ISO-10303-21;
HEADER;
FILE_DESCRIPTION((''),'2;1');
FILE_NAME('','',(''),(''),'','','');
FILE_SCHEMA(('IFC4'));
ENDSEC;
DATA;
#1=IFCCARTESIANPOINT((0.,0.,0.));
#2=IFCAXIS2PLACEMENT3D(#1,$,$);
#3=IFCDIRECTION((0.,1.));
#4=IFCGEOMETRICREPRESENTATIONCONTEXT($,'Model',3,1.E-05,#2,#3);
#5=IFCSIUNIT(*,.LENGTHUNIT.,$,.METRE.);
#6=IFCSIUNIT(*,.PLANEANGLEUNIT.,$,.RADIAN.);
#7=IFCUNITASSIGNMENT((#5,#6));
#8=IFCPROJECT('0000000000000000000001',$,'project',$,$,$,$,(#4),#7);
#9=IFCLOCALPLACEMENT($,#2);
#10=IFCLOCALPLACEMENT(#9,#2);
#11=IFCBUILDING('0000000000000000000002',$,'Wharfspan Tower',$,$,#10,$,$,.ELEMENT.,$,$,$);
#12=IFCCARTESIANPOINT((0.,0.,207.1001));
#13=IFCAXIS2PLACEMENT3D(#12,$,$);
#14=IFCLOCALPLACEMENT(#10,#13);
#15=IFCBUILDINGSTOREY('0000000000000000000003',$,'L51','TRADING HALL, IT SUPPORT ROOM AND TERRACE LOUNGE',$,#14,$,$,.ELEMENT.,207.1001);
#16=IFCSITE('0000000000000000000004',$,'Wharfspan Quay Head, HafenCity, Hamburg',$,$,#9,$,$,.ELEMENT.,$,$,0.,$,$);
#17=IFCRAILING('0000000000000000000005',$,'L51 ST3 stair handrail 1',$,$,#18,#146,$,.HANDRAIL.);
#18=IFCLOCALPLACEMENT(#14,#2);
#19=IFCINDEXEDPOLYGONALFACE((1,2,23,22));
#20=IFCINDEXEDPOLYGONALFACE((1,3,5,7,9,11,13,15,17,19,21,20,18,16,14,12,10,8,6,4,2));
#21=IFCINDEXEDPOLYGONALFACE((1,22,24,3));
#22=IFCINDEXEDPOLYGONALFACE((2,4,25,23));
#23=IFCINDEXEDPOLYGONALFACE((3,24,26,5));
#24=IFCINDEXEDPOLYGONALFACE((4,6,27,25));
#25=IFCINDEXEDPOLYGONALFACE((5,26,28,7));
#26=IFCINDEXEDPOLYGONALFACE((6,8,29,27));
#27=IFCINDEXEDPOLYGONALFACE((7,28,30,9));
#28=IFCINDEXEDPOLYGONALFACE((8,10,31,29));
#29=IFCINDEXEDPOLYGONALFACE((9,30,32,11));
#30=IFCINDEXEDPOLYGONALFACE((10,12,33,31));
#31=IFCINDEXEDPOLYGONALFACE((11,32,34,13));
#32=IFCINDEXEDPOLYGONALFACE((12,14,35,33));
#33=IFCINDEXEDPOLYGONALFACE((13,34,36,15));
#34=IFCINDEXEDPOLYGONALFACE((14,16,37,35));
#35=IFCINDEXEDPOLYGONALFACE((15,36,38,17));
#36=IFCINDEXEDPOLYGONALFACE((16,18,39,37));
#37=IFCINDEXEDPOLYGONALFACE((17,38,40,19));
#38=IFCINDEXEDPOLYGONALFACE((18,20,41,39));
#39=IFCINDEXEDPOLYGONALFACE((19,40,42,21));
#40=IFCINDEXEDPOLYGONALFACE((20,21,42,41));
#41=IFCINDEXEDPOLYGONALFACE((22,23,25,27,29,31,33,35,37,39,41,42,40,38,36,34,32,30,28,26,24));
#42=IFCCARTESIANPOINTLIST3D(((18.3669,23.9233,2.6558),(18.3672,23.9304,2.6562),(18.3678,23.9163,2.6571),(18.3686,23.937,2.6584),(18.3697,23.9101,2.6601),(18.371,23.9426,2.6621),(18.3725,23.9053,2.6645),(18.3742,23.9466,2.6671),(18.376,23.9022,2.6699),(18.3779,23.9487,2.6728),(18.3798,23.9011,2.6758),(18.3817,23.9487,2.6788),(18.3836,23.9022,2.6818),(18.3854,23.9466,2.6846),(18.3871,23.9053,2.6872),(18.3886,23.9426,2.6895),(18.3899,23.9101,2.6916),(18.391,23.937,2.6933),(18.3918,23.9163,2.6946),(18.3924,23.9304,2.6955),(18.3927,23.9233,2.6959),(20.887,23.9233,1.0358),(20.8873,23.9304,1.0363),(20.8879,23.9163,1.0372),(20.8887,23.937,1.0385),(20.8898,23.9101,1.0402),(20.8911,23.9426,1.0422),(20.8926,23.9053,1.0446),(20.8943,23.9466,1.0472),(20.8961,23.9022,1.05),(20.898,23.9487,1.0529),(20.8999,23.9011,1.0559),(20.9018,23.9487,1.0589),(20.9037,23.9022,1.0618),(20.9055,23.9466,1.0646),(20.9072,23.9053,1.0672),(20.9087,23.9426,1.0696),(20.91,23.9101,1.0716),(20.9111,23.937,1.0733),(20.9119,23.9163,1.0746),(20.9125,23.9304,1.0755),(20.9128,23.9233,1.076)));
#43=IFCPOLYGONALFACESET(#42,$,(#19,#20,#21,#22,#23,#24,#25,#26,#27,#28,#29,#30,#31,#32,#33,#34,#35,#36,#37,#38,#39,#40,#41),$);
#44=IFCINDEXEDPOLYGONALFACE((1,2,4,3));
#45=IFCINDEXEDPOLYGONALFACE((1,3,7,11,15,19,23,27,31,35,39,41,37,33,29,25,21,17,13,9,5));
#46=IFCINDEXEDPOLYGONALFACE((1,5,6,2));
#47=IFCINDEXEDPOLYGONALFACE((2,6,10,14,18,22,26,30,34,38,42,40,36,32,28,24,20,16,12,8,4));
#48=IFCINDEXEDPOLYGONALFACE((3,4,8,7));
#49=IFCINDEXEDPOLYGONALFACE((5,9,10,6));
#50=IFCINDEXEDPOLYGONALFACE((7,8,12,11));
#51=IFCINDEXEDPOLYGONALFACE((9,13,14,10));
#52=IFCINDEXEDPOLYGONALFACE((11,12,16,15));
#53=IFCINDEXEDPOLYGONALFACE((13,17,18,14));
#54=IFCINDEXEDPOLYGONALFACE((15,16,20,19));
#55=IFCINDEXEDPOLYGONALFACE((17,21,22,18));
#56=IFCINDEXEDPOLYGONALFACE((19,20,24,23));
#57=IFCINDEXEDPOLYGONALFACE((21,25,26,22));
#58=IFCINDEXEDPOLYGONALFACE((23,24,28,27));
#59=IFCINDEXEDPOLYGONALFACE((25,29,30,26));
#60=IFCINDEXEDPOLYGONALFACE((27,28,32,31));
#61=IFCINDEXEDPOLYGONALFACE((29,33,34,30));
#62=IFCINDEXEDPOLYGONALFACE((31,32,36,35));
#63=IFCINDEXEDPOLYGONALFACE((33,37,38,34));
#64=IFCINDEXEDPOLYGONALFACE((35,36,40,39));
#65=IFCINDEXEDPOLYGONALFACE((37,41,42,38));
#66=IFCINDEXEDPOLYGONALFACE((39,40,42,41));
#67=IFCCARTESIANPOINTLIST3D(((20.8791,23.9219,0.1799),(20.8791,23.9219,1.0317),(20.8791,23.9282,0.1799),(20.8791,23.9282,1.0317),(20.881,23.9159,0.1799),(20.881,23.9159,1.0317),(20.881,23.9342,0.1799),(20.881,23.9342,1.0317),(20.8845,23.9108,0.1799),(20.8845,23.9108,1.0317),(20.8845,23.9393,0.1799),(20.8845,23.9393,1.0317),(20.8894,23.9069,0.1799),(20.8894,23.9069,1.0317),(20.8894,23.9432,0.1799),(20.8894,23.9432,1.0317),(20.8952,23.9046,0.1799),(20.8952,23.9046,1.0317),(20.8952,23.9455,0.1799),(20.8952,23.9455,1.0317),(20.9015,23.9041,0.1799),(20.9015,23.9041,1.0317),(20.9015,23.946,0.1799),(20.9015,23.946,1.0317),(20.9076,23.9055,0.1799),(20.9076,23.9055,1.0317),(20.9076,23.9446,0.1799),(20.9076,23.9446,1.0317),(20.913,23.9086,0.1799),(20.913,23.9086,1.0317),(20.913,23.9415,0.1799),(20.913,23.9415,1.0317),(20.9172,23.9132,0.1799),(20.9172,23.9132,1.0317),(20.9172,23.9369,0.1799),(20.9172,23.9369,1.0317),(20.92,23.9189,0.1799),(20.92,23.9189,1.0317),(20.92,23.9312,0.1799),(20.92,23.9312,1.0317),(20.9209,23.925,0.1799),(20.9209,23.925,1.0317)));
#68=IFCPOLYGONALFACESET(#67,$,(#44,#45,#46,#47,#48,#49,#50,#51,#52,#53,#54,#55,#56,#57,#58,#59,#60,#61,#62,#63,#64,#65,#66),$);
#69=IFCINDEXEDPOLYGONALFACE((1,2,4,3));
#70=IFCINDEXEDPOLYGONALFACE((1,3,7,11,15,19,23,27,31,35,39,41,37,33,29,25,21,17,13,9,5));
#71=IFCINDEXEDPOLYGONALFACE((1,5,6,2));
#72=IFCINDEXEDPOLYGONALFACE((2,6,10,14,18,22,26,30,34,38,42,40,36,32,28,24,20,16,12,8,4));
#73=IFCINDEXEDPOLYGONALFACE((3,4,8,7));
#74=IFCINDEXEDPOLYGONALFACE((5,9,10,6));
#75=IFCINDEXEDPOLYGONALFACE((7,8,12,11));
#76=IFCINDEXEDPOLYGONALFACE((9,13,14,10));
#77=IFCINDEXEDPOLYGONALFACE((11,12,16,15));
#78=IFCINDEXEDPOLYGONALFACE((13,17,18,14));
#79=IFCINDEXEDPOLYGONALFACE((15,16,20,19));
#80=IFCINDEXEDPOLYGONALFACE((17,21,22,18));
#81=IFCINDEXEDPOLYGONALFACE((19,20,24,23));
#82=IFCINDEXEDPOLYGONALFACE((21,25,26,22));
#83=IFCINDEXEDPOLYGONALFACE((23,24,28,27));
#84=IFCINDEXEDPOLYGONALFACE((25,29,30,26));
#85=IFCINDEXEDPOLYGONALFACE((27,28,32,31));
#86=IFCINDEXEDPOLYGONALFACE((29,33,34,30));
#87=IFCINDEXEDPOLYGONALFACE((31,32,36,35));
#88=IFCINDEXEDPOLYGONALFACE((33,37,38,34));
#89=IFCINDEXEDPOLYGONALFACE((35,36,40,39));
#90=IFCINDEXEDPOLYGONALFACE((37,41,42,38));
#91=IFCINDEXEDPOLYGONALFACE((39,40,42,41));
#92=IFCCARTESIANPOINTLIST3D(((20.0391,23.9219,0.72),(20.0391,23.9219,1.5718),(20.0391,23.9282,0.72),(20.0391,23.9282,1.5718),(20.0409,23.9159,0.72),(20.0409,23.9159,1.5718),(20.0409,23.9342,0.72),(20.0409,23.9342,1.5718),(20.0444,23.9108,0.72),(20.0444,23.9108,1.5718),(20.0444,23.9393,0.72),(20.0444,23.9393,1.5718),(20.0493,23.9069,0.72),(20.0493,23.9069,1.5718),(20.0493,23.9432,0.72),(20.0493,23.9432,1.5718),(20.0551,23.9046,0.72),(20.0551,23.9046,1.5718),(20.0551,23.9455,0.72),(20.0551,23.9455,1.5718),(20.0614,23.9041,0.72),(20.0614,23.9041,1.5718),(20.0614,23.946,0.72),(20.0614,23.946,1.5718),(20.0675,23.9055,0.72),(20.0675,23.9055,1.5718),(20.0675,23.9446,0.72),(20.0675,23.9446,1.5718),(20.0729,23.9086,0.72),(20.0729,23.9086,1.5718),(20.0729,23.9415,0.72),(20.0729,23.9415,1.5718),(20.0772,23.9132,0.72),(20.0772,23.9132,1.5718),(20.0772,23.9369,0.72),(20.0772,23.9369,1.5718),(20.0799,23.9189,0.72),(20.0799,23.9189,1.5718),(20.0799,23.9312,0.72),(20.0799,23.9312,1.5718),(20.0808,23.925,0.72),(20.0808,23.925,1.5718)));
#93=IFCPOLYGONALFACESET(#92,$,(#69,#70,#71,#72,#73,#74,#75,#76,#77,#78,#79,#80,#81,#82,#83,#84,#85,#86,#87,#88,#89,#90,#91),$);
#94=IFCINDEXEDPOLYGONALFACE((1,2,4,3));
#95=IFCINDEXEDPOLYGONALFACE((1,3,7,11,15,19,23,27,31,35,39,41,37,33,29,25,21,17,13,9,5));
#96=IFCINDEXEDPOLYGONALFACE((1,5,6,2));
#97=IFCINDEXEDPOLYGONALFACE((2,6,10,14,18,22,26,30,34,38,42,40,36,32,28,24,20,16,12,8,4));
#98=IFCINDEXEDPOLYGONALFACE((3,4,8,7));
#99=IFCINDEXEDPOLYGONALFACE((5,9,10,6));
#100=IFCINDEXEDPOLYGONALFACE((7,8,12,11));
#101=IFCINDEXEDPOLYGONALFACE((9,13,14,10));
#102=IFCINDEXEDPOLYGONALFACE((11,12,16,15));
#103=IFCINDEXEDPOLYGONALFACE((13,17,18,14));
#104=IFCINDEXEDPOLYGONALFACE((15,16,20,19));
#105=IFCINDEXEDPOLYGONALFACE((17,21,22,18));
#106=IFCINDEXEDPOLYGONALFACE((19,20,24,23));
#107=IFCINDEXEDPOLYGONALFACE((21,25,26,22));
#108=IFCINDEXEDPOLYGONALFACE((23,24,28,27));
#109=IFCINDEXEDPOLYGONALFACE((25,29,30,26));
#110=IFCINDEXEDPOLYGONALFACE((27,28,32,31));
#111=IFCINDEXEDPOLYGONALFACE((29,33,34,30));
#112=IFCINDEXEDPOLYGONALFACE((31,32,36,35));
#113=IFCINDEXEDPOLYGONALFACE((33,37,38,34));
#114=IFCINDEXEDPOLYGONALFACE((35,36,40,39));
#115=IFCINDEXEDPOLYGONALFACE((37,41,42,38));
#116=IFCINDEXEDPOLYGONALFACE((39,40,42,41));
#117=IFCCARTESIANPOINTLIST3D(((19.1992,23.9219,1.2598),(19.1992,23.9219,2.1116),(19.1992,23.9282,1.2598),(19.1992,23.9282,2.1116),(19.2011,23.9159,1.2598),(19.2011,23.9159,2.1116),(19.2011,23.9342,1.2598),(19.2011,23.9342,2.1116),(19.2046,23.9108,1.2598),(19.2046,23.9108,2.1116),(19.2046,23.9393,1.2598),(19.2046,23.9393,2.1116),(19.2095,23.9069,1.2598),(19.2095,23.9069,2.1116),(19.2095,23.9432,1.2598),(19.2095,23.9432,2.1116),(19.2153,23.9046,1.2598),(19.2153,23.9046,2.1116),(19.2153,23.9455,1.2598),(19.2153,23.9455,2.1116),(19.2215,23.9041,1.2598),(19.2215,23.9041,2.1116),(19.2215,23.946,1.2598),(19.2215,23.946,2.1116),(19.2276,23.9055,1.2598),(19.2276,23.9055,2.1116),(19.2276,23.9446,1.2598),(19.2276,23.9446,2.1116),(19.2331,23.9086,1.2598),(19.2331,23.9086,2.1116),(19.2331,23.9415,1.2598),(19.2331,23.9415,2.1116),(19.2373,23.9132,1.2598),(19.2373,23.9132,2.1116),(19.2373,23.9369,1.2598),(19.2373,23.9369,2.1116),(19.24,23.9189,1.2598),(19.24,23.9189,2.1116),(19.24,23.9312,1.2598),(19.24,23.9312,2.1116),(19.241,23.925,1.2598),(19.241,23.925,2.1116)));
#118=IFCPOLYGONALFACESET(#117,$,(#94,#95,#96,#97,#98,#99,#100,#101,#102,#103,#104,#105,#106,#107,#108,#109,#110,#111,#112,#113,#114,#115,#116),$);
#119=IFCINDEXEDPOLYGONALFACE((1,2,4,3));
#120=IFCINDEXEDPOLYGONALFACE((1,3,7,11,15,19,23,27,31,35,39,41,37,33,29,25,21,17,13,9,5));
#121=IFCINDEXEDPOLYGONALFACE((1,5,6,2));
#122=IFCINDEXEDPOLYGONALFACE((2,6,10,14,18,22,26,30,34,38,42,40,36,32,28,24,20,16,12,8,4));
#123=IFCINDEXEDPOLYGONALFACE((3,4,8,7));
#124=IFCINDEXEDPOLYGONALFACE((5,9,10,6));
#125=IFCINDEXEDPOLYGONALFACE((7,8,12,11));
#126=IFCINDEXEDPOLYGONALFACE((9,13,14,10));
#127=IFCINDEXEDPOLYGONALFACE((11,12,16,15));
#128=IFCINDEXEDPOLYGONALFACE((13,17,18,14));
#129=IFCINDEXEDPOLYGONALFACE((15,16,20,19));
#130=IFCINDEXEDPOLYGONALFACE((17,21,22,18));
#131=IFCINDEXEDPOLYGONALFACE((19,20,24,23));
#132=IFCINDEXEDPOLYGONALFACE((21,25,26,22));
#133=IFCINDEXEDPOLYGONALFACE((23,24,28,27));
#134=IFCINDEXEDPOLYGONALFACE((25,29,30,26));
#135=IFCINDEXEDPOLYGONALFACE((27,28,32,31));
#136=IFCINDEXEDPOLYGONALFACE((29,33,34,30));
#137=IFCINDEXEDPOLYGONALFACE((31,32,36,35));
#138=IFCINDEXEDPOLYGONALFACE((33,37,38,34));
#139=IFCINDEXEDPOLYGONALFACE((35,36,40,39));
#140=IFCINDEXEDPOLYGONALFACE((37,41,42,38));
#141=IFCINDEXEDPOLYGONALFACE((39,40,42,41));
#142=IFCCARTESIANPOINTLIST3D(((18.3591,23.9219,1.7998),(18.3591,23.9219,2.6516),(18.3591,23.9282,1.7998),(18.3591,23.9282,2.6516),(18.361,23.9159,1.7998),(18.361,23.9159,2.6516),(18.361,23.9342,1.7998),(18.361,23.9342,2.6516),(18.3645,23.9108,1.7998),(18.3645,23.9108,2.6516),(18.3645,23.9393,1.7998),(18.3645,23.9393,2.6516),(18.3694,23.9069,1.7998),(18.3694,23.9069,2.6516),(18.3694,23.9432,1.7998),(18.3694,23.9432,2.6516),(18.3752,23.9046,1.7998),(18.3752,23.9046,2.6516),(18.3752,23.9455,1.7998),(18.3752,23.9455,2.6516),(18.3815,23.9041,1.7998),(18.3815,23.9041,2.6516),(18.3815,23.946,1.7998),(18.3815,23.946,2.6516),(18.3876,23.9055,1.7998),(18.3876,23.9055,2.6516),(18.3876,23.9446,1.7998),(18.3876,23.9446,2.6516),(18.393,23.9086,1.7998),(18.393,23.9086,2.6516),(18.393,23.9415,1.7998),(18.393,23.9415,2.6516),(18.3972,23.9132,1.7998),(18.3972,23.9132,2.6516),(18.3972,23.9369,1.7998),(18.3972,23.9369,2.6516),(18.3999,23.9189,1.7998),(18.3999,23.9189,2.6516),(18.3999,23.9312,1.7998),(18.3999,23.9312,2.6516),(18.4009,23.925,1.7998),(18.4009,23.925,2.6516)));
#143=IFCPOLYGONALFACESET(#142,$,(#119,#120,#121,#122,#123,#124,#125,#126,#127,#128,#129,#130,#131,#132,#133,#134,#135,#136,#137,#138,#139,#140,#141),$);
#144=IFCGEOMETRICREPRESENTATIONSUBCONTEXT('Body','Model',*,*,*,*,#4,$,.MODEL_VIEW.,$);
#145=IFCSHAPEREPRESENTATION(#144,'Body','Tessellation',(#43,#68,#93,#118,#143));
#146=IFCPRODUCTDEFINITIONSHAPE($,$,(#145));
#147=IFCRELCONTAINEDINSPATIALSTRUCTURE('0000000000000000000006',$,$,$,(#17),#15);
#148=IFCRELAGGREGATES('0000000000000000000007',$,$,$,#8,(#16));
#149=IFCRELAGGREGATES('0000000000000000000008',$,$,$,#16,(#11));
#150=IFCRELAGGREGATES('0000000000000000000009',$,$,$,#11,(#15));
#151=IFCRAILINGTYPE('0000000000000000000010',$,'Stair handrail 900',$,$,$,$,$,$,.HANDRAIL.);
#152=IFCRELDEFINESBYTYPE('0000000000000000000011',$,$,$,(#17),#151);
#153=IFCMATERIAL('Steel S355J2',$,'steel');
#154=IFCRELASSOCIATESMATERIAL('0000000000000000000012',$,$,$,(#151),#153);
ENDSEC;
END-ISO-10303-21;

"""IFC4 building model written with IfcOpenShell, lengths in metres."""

from ifc_helpers import new_model, si_unit, direction, frame, origin, origin_2d, place, context, subcontext, project, spatial, circle, extrude, material, type_object, element, save


model = new_model("IFC4")

# Units and contexts
model_context = context("Model", 3, precision=1e-05, world=origin(), true_north=direction((0.0, 1.0)))
body_context = subcontext(model_context, "Body", "Model", "MODEL_VIEW")
ifc_project = project(units=[si_unit("LENGTHUNIT", "METRE"), si_unit("PLANEANGLEUNIT", "RADIAN")], contexts=[model_context])

# Site, building, storey
site_placement = place(None, origin())
site = spatial("IfcSite", under=ifc_project, at=site_placement, Name="Wharfspan Quay Head, HafenCity, Hamburg", CompositionType="ELEMENT", RefElevation=0.0)
building_placement = place(site_placement, origin())
building = spatial("IfcBuilding", under=site, at=building_placement, Name="Wharfspan Tower", CompositionType="ELEMENT")
storey_placement = place(building_placement, frame((0.0, 0.0, 207.1001)))
storey = spatial("IfcBuildingStorey", under=building, at=storey_placement, Name="L51", Description="TRADING HALL, IT SUPPORT ROOM AND TERRACE LOUNGE", CompositionType="ELEMENT", Elevation=207.1001)

# Shared definitions
ifc_material_1 = material(Name="Steel S355J2", Category="steel")

# Railing
railing_type_1 = type_object("IfcRailingType", Name="Stair handrail 900", PredefinedType="HANDRAIL", material=ifc_material_1)
railing_1_placement = place(storey_placement, frame((20.8999, 23.925, 0.1799)))
element("IfcRailing", 1, at=railing_1_placement, inside=storey, type_object=railing_type_1, Name="L51 ST3 stair handrail 1", PredefinedType="HANDRAIL", context=body_context, shape_type="SweptSolid", body=[
    extrude(circle(Radius=0.0239, at=origin_2d()), frame((0.0, 0.0, 0.876), z_axis=(-0.8412, 0.0, 0.540725), x_axis=(0.0, -1.0, 0.0)), (0.0, 0.0, 1.0), 2.9958),
    extrude(circle(Radius=0.021, at=origin_2d()), origin(), (0.0, 0.0, 1.0), 0.8518),
    extrude(circle(Radius=0.021, at=origin_2d()), frame((-0.8401, 0.0, 0.54)), (0.0, 0.0, 1.0), 0.8518),
    extrude(circle(Radius=0.021, at=origin_2d()), frame((-1.6799, 0.0, 1.0798)), (0.0, 0.0, 1.0), 0.8518),
    extrude(circle(Radius=0.021, at=origin_2d()), frame((-2.52, 0.0, 1.6199)), (0.0, 0.0, 1.0), 0.8518),
])

save(model, "model.ifc")
